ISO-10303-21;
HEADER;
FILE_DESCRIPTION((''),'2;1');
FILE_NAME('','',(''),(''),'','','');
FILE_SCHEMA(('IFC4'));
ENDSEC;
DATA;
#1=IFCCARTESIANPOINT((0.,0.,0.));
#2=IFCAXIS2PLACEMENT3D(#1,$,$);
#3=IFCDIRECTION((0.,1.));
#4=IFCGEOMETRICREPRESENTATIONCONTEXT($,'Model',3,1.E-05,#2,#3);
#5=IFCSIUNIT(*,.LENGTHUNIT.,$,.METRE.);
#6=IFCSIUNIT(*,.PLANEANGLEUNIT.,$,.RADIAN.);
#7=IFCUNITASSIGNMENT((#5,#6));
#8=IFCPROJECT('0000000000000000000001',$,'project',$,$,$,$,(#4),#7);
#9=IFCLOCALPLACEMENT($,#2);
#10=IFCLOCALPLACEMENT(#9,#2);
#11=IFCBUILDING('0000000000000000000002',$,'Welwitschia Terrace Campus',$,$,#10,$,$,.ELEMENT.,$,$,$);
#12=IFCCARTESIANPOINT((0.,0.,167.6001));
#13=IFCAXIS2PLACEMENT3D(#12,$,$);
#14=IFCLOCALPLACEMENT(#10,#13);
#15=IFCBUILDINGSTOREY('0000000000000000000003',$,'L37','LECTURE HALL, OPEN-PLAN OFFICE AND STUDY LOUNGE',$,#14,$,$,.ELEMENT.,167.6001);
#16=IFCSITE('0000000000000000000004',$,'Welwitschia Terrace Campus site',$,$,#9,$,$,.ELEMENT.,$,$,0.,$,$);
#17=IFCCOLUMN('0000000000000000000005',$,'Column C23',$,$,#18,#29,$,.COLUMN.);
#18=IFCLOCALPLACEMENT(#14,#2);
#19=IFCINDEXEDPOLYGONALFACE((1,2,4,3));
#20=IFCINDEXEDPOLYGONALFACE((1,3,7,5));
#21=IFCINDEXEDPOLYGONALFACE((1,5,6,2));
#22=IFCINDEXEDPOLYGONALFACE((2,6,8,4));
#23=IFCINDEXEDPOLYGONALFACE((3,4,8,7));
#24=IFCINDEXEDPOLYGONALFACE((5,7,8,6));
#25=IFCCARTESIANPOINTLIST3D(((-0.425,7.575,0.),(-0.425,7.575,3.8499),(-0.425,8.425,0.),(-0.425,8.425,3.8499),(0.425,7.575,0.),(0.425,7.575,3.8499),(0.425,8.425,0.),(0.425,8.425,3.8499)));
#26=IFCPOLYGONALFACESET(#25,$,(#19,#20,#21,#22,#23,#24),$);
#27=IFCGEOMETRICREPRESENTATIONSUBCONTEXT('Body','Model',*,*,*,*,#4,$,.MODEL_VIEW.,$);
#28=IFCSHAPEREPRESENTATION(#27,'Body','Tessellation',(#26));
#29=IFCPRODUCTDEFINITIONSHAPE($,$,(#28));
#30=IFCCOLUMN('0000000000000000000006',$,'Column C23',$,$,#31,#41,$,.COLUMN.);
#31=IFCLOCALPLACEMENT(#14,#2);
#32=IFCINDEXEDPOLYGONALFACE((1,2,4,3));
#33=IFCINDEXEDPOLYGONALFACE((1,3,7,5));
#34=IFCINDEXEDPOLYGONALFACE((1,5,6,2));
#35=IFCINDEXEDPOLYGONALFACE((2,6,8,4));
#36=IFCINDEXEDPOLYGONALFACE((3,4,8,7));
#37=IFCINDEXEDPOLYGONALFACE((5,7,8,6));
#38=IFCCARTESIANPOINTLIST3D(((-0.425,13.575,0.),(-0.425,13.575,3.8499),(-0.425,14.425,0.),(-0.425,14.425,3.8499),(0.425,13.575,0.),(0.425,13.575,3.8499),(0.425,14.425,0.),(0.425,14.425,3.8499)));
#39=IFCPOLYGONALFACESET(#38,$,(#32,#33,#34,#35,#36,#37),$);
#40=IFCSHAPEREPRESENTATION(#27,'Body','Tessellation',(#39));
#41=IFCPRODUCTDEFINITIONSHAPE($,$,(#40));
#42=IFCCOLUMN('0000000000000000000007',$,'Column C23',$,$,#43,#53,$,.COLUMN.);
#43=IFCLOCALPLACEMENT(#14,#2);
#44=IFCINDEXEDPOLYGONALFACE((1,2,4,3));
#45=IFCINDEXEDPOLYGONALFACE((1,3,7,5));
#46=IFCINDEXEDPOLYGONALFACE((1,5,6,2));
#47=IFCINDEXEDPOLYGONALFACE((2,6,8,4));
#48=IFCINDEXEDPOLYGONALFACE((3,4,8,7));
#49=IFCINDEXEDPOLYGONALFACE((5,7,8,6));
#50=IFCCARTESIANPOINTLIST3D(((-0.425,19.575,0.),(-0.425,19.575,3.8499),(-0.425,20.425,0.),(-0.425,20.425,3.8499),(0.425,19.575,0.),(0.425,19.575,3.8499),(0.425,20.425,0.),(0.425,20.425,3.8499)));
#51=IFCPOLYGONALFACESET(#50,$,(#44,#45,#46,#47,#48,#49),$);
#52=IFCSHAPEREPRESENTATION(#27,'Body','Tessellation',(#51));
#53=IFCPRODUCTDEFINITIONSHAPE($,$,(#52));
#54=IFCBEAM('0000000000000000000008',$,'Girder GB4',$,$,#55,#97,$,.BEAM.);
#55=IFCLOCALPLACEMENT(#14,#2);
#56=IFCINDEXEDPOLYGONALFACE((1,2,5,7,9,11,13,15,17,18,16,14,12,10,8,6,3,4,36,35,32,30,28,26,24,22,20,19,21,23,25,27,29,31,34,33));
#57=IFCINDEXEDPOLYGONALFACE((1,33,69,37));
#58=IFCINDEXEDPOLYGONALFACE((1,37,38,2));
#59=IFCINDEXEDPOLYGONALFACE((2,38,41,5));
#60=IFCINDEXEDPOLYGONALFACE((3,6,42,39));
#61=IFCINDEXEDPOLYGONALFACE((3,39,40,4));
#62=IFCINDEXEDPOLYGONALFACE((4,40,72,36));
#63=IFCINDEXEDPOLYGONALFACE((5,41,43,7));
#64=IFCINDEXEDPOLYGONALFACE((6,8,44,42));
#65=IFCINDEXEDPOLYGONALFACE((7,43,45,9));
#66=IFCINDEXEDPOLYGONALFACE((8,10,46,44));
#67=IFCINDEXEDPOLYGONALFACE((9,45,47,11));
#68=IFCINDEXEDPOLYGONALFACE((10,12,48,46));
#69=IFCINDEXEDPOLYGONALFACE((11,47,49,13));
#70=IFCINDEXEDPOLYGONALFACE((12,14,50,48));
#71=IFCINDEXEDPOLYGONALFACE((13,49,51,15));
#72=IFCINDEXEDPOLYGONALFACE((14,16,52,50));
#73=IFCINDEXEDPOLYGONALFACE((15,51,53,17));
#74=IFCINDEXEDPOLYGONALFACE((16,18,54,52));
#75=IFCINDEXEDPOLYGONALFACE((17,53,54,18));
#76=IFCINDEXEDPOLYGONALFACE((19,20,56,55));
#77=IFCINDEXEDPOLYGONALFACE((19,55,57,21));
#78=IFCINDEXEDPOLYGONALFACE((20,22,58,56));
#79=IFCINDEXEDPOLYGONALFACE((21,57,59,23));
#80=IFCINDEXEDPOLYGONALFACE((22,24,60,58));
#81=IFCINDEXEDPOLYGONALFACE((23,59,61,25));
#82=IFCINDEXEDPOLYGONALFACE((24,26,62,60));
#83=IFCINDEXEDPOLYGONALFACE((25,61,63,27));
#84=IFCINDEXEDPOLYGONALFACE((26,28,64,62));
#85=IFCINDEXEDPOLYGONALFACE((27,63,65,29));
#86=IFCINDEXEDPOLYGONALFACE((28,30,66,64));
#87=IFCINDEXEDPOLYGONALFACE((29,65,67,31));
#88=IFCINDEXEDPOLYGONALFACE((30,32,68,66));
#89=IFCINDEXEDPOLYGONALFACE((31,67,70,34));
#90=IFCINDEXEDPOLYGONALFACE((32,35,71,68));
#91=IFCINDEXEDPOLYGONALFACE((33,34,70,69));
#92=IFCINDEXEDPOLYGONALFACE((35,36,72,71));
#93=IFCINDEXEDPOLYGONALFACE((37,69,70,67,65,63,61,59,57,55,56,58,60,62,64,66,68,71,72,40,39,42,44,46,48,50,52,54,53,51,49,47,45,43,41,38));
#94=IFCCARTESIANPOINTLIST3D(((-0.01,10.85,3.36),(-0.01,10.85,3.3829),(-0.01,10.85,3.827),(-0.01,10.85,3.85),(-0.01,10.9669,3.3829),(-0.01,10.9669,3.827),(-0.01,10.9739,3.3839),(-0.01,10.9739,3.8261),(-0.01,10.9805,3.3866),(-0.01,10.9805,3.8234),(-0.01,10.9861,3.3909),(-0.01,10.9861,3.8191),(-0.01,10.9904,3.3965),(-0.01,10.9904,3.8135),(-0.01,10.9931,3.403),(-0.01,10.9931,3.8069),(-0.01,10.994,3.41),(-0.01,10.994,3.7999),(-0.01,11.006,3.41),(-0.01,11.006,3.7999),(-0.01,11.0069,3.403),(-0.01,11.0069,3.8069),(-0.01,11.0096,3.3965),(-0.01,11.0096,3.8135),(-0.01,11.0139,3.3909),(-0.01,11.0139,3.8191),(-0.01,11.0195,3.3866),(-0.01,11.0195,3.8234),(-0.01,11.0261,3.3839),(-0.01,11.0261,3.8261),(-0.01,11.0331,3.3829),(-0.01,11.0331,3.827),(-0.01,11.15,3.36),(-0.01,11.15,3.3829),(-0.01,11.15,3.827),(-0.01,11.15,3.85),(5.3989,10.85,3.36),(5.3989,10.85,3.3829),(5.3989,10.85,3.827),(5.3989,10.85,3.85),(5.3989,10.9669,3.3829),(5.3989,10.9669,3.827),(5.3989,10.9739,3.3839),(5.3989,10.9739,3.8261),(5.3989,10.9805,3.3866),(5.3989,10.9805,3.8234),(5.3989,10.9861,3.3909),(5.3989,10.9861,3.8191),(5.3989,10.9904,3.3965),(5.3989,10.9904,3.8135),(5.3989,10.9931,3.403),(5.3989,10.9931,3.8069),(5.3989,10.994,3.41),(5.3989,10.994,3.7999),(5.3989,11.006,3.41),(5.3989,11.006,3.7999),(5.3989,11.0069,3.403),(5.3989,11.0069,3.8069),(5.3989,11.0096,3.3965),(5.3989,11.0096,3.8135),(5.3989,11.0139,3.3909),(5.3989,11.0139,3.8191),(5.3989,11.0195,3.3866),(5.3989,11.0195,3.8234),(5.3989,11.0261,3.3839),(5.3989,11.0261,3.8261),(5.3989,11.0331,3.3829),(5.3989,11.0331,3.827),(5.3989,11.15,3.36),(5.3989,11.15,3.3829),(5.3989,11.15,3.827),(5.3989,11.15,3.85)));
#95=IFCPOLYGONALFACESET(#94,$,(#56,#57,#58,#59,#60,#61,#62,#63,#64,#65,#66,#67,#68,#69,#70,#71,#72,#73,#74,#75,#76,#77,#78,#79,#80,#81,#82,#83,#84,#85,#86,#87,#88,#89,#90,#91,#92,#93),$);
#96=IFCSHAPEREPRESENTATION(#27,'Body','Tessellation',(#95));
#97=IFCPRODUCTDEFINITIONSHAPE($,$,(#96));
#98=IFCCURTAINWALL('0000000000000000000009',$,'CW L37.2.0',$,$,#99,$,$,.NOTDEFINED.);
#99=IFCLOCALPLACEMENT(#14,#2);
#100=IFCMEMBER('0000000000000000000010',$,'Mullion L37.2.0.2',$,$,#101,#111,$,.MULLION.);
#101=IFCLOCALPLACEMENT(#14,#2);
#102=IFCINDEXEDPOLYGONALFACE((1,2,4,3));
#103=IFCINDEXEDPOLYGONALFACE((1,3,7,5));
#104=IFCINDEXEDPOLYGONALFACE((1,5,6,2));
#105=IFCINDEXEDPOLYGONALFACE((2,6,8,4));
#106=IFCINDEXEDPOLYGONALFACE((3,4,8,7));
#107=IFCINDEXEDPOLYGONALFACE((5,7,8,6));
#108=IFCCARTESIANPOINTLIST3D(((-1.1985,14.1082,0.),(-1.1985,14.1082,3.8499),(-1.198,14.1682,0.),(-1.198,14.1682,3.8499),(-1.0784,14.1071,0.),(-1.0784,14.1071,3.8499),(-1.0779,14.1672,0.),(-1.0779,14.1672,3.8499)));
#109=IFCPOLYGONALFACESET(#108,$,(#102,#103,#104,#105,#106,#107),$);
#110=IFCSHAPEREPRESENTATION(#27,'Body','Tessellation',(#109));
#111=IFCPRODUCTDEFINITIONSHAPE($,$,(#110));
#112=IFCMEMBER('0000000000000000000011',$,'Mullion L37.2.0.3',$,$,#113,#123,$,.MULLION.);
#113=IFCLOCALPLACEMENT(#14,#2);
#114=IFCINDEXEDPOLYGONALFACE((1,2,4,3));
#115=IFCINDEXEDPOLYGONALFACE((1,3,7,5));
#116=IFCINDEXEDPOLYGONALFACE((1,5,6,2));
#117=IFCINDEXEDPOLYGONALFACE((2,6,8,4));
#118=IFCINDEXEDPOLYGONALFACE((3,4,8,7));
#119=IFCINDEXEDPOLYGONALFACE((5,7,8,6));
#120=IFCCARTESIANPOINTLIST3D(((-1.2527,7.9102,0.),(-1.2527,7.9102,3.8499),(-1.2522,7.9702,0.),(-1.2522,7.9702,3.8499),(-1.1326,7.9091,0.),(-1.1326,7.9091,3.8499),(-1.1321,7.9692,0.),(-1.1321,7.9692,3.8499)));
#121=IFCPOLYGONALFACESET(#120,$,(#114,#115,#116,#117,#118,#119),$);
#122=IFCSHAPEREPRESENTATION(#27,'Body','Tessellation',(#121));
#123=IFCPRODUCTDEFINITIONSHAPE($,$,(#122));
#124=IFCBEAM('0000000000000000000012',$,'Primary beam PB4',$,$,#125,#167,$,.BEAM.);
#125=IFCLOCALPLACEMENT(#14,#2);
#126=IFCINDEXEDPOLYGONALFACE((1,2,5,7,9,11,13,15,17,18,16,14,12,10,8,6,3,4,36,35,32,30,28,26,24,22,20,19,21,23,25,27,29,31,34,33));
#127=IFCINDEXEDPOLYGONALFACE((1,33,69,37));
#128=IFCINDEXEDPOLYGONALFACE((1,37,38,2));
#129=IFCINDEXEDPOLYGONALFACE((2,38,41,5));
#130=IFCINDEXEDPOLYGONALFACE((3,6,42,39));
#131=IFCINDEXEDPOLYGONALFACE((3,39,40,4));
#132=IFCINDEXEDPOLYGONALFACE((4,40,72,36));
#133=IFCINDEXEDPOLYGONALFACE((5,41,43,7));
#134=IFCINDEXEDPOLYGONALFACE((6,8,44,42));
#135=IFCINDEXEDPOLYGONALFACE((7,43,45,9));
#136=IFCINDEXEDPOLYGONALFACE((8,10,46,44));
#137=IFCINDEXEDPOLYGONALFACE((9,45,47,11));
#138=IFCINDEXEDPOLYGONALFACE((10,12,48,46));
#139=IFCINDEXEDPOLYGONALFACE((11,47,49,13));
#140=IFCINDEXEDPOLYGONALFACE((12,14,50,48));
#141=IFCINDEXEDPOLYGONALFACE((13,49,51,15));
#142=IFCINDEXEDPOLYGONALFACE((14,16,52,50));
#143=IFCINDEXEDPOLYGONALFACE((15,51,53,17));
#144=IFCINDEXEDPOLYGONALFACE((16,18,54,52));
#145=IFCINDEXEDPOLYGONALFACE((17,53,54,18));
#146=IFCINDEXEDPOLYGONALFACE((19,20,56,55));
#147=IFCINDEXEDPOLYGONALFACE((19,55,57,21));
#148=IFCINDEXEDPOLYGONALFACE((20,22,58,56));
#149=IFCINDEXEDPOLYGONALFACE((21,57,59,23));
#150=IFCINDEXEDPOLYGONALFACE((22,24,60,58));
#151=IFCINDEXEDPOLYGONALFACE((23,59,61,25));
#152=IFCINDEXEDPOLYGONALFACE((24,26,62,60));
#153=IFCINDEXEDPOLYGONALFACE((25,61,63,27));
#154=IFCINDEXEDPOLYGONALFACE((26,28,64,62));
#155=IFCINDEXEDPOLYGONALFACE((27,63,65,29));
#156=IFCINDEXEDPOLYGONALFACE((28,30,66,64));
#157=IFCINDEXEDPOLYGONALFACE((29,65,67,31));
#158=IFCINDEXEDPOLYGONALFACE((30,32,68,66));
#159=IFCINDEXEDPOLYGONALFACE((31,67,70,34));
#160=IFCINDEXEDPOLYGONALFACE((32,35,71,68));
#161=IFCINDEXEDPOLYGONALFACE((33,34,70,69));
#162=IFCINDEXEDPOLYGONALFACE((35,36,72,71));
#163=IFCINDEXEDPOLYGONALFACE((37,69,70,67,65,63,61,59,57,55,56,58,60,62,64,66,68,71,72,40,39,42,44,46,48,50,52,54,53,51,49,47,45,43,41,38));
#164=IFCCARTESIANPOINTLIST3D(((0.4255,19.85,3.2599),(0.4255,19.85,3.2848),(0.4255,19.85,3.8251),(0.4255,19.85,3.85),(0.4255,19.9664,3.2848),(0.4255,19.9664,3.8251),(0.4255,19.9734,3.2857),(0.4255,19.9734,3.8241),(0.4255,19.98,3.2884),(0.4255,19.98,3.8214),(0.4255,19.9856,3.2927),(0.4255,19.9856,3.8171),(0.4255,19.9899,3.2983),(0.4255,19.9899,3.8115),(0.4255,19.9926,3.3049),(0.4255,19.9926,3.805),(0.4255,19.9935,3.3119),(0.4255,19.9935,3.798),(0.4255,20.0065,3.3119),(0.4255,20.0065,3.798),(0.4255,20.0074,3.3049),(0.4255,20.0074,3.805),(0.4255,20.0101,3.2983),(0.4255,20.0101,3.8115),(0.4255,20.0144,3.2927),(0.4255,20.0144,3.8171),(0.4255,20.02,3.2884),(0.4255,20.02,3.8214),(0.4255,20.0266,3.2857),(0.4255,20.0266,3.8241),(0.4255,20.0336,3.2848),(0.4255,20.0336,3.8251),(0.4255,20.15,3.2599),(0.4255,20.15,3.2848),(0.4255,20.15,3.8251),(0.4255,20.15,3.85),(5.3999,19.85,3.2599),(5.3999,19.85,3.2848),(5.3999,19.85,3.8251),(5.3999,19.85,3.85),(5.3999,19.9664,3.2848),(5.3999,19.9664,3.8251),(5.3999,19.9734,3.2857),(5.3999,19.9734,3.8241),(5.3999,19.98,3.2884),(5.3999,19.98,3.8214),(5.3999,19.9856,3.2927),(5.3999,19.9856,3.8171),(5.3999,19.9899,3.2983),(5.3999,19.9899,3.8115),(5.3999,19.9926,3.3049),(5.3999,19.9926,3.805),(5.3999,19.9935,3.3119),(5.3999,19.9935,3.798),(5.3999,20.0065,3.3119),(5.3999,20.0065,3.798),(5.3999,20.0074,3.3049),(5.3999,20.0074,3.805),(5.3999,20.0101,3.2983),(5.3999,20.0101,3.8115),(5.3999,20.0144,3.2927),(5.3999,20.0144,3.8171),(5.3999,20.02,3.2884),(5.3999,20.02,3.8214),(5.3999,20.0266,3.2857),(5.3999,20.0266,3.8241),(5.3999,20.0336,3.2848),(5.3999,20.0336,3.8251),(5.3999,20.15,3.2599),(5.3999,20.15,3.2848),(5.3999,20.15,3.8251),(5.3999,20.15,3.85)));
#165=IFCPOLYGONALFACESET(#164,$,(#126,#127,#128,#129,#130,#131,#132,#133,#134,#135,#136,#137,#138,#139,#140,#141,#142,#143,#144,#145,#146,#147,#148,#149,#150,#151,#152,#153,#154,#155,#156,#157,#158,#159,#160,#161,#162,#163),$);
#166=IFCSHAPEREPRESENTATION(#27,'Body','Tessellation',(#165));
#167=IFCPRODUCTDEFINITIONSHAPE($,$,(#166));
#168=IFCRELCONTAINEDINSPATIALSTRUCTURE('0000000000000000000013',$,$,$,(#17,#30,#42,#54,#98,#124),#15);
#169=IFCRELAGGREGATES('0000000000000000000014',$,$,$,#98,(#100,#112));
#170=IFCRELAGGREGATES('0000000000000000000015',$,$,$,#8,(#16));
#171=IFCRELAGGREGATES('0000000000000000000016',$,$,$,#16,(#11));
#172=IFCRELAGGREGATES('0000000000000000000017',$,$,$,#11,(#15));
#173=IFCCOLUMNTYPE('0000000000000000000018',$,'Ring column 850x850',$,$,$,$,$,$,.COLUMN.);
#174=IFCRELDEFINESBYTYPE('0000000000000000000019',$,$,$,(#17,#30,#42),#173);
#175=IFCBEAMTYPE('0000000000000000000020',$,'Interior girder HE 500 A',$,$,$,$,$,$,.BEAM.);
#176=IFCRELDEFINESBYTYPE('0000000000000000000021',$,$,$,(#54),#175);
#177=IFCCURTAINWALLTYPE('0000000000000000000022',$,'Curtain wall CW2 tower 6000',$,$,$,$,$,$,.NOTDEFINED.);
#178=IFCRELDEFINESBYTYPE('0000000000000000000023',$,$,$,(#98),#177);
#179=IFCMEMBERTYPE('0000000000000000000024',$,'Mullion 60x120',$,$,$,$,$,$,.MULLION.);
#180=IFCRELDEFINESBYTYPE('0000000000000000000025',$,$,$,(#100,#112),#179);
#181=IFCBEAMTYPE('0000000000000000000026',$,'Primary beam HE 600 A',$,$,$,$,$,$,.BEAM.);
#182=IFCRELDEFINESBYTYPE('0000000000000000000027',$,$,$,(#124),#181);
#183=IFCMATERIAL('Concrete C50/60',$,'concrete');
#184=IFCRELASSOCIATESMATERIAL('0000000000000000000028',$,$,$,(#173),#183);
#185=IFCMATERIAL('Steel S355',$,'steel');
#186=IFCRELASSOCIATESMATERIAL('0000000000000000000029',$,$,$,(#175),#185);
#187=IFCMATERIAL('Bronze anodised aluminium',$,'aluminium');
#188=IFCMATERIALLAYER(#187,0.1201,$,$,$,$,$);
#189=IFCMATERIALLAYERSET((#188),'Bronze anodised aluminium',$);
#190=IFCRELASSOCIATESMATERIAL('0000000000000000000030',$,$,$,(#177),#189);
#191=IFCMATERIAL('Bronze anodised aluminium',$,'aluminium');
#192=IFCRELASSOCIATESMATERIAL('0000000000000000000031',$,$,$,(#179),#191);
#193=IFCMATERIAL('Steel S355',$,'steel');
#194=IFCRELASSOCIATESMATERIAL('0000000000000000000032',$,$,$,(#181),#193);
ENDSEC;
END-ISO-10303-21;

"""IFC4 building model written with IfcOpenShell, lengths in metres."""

from ifc_helpers import new_model, si_unit, direction, frame, origin, origin_2d, place, context, subcontext, project, spatial, rectangle, i_section, extrude, material, layer, layer_set, material_profile, profile_set, type_object, element, aggregate, save


model = new_model("IFC4")

# Units and contexts
model_context = context("Model", 3, precision=1e-05, world=origin(), true_north=direction((0.0, 1.0)))
body_context = subcontext(model_context, "Body", "Model", "MODEL_VIEW")
ifc_project = project(units=[si_unit("LENGTHUNIT", "METRE"), si_unit("PLANEANGLEUNIT", "RADIAN")], contexts=[model_context])

# Site, building, storey
site_placement = place(None, origin())
site = spatial("IfcSite", under=ifc_project, at=site_placement, Name="Welwitschia Terrace Campus site", CompositionType="ELEMENT", RefElevation=0.0)
building_placement = place(site_placement, origin())
building = spatial("IfcBuilding", under=site, at=building_placement, Name="Welwitschia Terrace Campus", CompositionType="ELEMENT")
storey_placement = place(building_placement, frame((0.0, 0.0, 167.6001)))
storey = spatial("IfcBuildingStorey", under=building, at=storey_placement, Name="L37", Description="LECTURE HALL, OPEN-PLAN OFFICE AND STUDY LOUNGE", CompositionType="ELEMENT", Elevation=167.6001)

# Columns
ifc_material_1 = material(Name="Concrete C50/60", Category="concrete")
ifc_material_profile_1 = material_profile(ifc_material_1, rectangle(XDim=0.8501, YDim=0.8501, at=origin_2d()))
ifc_profile_set_1 = profile_set([ifc_material_profile_1], Name="Concrete C50/60")
column_type = type_object("IfcColumnType", Name="Ring column 850x850", PredefinedType="COLUMN", material=ifc_profile_set_1)
for number, where, z_axis, x_axis, name in (
    (1, (0.0, 8.0, 0.0), (0.0, 0.0, 1.0), (1.0, 0.0, 0.0), "Column C23"),
    (2, (0.0, 14.0, 0.0), (0.0, 0.0, 1.0), (1.0, 0.0, 0.0), "Column C23"),
    (3, (0.0, 20.0, 0.0), (0.0, 0.0, 1.0), (1.0, 0.0, 0.0), "Column C23"),
):
    element("IfcColumn", number, at=place(storey_placement, frame(where, z_axis=z_axis, x_axis=x_axis)), inside=storey, type_object=column_type, Name=name, PredefinedType="COLUMN", context=body_context, shape_type="SweptSolid", body=[
        extrude(rectangle(XDim=0.8501, YDim=0.8501, at=origin_2d()), origin(), (0.0, 0.0, 1.0), 3.8499),
    ])

# Beam
ifc_material_2 = material(Name="Steel S355", Category="steel")
ifc_material_profile_2 = material_profile(ifc_material_2, i_section(OverallWidth=0.3, OverallDepth=0.49, WebThickness=0.012, FlangeThickness=0.0229, FilletRadius=0.0271, at=origin_2d()))
ifc_profile_set_2 = profile_set([ifc_material_profile_2], Name="Steel S355")
beam_type_1 = type_object("IfcBeamType", Name="Interior girder HE 500 A", PredefinedType="BEAM", material=ifc_profile_set_2)
beam_1_placement = place(storey_placement, frame((-0.01, 11.0, 3.605), z_axis=(1.0, 0.0, 0.0), x_axis=(0.0, 1.0, 0.0)))
element("IfcBeam", 4, at=beam_1_placement, inside=storey, type_object=beam_type_1, Name="Girder GB4", PredefinedType="BEAM", context=body_context, shape_type="SweptSolid", body=[
    extrude(i_section(OverallWidth=0.3, OverallDepth=0.49, WebThickness=0.012, FlangeThickness=0.0229, FilletRadius=0.0271, at=origin_2d()), origin(), (0.0, 0.0, 1.0), 5.4089),
])

# Curtain wall, members
ifc_material_3 = material(Name="Bronze anodised aluminium", Category="aluminium")
ifc_layer_1 = layer(ifc_material_3, 0.1201)
ifc_layer_set_1 = layer_set([ifc_layer_1], Name="Bronze anodised aluminium")
curtain_wall_type = type_object("IfcCurtainWallType", Name="Curtain wall CW2 tower 6000", PredefinedType="NOTDEFINED", material=ifc_layer_set_1)
curtain_wall_placement = place(storey_placement, origin())
curtain_wall = element("IfcCurtainWall", 5, at=curtain_wall_placement, inside=storey, type_object=curtain_wall_type, Name="CW L37.2.0", PredefinedType="NOTDEFINED")
ifc_material_4 = material(Name="Bronze anodised aluminium", Category="aluminium")
ifc_material_profile_3 = material_profile(ifc_material_4, rectangle(XDim=0.1201, YDim=0.0601, at=origin_2d()))
ifc_profile_set_3 = profile_set([ifc_material_profile_3], Name="Bronze anodised aluminium")
member_type = type_object("IfcMemberType", Name="Mullion 60x120", PredefinedType="MULLION", material=ifc_profile_set_3)
member_1_placement = place(storey_placement, frame((-1.1382, 14.1377, 0.0), z_axis=(0.0, 0.0, 1.0), x_axis=(0.999962, -0.008727, 0.0)))
member_1 = element("IfcMember", 6, at=member_1_placement, type_object=member_type, Name="Mullion L37.2.0.2", PredefinedType="MULLION", context=body_context, shape_type="SweptSolid", body=[
    extrude(rectangle(XDim=0.1201, YDim=0.0601, at=origin_2d()), origin(), (0.0, 0.0, 1.0), 3.8499),
])
member_2_placement = place(storey_placement, frame((-1.1924, 7.9397, 0.0), z_axis=(0.0, 0.0, 1.0), x_axis=(0.999962, -0.008727, 0.0)))
member_2 = element("IfcMember", 7, at=member_2_placement, type_object=member_type, Name="Mullion L37.2.0.3", PredefinedType="MULLION", context=body_context, shape_type="SweptSolid", body=[
    extrude(rectangle(XDim=0.1201, YDim=0.0601, at=origin_2d()), origin(), (0.0, 0.0, 1.0), 3.8499),
])

# Beam
ifc_material_5 = material(Name="Steel S355", Category="steel")
ifc_material_profile_4 = material_profile(ifc_material_5, i_section(OverallWidth=0.3, OverallDepth=0.5901, WebThickness=0.0129, FlangeThickness=0.0249, FilletRadius=0.0271, at=origin_2d()))
ifc_profile_set_4 = profile_set([ifc_material_profile_4], Name="Steel S355")
beam_type_2 = type_object("IfcBeamType", Name="Primary beam HE 600 A", PredefinedType="BEAM", material=ifc_profile_set_4)
for number, where, z_axis, x_axis, name in (
    (8, (0.4255, 20.0, 3.5549), (1.0, 0.0, 0.0), (0.0, 1.0, 0.0), "Primary beam PB4"),
):
    element("IfcBeam", number, at=place(storey_placement, frame(where, z_axis=z_axis, x_axis=x_axis)), inside=storey, type_object=beam_type_2, Name=name, PredefinedType="BEAM", context=body_context, shape_type="SweptSolid", body=[
        extrude(i_section(OverallWidth=0.3, OverallDepth=0.5901, WebThickness=0.0129, FlangeThickness=0.0249, FilletRadius=0.0271, at=origin_2d()), origin(), (0.0, 0.0, 1.0), 4.9744),
    ])

aggregate(curtain_wall, [member_1, member_2])

save(model, "model.ifc")
